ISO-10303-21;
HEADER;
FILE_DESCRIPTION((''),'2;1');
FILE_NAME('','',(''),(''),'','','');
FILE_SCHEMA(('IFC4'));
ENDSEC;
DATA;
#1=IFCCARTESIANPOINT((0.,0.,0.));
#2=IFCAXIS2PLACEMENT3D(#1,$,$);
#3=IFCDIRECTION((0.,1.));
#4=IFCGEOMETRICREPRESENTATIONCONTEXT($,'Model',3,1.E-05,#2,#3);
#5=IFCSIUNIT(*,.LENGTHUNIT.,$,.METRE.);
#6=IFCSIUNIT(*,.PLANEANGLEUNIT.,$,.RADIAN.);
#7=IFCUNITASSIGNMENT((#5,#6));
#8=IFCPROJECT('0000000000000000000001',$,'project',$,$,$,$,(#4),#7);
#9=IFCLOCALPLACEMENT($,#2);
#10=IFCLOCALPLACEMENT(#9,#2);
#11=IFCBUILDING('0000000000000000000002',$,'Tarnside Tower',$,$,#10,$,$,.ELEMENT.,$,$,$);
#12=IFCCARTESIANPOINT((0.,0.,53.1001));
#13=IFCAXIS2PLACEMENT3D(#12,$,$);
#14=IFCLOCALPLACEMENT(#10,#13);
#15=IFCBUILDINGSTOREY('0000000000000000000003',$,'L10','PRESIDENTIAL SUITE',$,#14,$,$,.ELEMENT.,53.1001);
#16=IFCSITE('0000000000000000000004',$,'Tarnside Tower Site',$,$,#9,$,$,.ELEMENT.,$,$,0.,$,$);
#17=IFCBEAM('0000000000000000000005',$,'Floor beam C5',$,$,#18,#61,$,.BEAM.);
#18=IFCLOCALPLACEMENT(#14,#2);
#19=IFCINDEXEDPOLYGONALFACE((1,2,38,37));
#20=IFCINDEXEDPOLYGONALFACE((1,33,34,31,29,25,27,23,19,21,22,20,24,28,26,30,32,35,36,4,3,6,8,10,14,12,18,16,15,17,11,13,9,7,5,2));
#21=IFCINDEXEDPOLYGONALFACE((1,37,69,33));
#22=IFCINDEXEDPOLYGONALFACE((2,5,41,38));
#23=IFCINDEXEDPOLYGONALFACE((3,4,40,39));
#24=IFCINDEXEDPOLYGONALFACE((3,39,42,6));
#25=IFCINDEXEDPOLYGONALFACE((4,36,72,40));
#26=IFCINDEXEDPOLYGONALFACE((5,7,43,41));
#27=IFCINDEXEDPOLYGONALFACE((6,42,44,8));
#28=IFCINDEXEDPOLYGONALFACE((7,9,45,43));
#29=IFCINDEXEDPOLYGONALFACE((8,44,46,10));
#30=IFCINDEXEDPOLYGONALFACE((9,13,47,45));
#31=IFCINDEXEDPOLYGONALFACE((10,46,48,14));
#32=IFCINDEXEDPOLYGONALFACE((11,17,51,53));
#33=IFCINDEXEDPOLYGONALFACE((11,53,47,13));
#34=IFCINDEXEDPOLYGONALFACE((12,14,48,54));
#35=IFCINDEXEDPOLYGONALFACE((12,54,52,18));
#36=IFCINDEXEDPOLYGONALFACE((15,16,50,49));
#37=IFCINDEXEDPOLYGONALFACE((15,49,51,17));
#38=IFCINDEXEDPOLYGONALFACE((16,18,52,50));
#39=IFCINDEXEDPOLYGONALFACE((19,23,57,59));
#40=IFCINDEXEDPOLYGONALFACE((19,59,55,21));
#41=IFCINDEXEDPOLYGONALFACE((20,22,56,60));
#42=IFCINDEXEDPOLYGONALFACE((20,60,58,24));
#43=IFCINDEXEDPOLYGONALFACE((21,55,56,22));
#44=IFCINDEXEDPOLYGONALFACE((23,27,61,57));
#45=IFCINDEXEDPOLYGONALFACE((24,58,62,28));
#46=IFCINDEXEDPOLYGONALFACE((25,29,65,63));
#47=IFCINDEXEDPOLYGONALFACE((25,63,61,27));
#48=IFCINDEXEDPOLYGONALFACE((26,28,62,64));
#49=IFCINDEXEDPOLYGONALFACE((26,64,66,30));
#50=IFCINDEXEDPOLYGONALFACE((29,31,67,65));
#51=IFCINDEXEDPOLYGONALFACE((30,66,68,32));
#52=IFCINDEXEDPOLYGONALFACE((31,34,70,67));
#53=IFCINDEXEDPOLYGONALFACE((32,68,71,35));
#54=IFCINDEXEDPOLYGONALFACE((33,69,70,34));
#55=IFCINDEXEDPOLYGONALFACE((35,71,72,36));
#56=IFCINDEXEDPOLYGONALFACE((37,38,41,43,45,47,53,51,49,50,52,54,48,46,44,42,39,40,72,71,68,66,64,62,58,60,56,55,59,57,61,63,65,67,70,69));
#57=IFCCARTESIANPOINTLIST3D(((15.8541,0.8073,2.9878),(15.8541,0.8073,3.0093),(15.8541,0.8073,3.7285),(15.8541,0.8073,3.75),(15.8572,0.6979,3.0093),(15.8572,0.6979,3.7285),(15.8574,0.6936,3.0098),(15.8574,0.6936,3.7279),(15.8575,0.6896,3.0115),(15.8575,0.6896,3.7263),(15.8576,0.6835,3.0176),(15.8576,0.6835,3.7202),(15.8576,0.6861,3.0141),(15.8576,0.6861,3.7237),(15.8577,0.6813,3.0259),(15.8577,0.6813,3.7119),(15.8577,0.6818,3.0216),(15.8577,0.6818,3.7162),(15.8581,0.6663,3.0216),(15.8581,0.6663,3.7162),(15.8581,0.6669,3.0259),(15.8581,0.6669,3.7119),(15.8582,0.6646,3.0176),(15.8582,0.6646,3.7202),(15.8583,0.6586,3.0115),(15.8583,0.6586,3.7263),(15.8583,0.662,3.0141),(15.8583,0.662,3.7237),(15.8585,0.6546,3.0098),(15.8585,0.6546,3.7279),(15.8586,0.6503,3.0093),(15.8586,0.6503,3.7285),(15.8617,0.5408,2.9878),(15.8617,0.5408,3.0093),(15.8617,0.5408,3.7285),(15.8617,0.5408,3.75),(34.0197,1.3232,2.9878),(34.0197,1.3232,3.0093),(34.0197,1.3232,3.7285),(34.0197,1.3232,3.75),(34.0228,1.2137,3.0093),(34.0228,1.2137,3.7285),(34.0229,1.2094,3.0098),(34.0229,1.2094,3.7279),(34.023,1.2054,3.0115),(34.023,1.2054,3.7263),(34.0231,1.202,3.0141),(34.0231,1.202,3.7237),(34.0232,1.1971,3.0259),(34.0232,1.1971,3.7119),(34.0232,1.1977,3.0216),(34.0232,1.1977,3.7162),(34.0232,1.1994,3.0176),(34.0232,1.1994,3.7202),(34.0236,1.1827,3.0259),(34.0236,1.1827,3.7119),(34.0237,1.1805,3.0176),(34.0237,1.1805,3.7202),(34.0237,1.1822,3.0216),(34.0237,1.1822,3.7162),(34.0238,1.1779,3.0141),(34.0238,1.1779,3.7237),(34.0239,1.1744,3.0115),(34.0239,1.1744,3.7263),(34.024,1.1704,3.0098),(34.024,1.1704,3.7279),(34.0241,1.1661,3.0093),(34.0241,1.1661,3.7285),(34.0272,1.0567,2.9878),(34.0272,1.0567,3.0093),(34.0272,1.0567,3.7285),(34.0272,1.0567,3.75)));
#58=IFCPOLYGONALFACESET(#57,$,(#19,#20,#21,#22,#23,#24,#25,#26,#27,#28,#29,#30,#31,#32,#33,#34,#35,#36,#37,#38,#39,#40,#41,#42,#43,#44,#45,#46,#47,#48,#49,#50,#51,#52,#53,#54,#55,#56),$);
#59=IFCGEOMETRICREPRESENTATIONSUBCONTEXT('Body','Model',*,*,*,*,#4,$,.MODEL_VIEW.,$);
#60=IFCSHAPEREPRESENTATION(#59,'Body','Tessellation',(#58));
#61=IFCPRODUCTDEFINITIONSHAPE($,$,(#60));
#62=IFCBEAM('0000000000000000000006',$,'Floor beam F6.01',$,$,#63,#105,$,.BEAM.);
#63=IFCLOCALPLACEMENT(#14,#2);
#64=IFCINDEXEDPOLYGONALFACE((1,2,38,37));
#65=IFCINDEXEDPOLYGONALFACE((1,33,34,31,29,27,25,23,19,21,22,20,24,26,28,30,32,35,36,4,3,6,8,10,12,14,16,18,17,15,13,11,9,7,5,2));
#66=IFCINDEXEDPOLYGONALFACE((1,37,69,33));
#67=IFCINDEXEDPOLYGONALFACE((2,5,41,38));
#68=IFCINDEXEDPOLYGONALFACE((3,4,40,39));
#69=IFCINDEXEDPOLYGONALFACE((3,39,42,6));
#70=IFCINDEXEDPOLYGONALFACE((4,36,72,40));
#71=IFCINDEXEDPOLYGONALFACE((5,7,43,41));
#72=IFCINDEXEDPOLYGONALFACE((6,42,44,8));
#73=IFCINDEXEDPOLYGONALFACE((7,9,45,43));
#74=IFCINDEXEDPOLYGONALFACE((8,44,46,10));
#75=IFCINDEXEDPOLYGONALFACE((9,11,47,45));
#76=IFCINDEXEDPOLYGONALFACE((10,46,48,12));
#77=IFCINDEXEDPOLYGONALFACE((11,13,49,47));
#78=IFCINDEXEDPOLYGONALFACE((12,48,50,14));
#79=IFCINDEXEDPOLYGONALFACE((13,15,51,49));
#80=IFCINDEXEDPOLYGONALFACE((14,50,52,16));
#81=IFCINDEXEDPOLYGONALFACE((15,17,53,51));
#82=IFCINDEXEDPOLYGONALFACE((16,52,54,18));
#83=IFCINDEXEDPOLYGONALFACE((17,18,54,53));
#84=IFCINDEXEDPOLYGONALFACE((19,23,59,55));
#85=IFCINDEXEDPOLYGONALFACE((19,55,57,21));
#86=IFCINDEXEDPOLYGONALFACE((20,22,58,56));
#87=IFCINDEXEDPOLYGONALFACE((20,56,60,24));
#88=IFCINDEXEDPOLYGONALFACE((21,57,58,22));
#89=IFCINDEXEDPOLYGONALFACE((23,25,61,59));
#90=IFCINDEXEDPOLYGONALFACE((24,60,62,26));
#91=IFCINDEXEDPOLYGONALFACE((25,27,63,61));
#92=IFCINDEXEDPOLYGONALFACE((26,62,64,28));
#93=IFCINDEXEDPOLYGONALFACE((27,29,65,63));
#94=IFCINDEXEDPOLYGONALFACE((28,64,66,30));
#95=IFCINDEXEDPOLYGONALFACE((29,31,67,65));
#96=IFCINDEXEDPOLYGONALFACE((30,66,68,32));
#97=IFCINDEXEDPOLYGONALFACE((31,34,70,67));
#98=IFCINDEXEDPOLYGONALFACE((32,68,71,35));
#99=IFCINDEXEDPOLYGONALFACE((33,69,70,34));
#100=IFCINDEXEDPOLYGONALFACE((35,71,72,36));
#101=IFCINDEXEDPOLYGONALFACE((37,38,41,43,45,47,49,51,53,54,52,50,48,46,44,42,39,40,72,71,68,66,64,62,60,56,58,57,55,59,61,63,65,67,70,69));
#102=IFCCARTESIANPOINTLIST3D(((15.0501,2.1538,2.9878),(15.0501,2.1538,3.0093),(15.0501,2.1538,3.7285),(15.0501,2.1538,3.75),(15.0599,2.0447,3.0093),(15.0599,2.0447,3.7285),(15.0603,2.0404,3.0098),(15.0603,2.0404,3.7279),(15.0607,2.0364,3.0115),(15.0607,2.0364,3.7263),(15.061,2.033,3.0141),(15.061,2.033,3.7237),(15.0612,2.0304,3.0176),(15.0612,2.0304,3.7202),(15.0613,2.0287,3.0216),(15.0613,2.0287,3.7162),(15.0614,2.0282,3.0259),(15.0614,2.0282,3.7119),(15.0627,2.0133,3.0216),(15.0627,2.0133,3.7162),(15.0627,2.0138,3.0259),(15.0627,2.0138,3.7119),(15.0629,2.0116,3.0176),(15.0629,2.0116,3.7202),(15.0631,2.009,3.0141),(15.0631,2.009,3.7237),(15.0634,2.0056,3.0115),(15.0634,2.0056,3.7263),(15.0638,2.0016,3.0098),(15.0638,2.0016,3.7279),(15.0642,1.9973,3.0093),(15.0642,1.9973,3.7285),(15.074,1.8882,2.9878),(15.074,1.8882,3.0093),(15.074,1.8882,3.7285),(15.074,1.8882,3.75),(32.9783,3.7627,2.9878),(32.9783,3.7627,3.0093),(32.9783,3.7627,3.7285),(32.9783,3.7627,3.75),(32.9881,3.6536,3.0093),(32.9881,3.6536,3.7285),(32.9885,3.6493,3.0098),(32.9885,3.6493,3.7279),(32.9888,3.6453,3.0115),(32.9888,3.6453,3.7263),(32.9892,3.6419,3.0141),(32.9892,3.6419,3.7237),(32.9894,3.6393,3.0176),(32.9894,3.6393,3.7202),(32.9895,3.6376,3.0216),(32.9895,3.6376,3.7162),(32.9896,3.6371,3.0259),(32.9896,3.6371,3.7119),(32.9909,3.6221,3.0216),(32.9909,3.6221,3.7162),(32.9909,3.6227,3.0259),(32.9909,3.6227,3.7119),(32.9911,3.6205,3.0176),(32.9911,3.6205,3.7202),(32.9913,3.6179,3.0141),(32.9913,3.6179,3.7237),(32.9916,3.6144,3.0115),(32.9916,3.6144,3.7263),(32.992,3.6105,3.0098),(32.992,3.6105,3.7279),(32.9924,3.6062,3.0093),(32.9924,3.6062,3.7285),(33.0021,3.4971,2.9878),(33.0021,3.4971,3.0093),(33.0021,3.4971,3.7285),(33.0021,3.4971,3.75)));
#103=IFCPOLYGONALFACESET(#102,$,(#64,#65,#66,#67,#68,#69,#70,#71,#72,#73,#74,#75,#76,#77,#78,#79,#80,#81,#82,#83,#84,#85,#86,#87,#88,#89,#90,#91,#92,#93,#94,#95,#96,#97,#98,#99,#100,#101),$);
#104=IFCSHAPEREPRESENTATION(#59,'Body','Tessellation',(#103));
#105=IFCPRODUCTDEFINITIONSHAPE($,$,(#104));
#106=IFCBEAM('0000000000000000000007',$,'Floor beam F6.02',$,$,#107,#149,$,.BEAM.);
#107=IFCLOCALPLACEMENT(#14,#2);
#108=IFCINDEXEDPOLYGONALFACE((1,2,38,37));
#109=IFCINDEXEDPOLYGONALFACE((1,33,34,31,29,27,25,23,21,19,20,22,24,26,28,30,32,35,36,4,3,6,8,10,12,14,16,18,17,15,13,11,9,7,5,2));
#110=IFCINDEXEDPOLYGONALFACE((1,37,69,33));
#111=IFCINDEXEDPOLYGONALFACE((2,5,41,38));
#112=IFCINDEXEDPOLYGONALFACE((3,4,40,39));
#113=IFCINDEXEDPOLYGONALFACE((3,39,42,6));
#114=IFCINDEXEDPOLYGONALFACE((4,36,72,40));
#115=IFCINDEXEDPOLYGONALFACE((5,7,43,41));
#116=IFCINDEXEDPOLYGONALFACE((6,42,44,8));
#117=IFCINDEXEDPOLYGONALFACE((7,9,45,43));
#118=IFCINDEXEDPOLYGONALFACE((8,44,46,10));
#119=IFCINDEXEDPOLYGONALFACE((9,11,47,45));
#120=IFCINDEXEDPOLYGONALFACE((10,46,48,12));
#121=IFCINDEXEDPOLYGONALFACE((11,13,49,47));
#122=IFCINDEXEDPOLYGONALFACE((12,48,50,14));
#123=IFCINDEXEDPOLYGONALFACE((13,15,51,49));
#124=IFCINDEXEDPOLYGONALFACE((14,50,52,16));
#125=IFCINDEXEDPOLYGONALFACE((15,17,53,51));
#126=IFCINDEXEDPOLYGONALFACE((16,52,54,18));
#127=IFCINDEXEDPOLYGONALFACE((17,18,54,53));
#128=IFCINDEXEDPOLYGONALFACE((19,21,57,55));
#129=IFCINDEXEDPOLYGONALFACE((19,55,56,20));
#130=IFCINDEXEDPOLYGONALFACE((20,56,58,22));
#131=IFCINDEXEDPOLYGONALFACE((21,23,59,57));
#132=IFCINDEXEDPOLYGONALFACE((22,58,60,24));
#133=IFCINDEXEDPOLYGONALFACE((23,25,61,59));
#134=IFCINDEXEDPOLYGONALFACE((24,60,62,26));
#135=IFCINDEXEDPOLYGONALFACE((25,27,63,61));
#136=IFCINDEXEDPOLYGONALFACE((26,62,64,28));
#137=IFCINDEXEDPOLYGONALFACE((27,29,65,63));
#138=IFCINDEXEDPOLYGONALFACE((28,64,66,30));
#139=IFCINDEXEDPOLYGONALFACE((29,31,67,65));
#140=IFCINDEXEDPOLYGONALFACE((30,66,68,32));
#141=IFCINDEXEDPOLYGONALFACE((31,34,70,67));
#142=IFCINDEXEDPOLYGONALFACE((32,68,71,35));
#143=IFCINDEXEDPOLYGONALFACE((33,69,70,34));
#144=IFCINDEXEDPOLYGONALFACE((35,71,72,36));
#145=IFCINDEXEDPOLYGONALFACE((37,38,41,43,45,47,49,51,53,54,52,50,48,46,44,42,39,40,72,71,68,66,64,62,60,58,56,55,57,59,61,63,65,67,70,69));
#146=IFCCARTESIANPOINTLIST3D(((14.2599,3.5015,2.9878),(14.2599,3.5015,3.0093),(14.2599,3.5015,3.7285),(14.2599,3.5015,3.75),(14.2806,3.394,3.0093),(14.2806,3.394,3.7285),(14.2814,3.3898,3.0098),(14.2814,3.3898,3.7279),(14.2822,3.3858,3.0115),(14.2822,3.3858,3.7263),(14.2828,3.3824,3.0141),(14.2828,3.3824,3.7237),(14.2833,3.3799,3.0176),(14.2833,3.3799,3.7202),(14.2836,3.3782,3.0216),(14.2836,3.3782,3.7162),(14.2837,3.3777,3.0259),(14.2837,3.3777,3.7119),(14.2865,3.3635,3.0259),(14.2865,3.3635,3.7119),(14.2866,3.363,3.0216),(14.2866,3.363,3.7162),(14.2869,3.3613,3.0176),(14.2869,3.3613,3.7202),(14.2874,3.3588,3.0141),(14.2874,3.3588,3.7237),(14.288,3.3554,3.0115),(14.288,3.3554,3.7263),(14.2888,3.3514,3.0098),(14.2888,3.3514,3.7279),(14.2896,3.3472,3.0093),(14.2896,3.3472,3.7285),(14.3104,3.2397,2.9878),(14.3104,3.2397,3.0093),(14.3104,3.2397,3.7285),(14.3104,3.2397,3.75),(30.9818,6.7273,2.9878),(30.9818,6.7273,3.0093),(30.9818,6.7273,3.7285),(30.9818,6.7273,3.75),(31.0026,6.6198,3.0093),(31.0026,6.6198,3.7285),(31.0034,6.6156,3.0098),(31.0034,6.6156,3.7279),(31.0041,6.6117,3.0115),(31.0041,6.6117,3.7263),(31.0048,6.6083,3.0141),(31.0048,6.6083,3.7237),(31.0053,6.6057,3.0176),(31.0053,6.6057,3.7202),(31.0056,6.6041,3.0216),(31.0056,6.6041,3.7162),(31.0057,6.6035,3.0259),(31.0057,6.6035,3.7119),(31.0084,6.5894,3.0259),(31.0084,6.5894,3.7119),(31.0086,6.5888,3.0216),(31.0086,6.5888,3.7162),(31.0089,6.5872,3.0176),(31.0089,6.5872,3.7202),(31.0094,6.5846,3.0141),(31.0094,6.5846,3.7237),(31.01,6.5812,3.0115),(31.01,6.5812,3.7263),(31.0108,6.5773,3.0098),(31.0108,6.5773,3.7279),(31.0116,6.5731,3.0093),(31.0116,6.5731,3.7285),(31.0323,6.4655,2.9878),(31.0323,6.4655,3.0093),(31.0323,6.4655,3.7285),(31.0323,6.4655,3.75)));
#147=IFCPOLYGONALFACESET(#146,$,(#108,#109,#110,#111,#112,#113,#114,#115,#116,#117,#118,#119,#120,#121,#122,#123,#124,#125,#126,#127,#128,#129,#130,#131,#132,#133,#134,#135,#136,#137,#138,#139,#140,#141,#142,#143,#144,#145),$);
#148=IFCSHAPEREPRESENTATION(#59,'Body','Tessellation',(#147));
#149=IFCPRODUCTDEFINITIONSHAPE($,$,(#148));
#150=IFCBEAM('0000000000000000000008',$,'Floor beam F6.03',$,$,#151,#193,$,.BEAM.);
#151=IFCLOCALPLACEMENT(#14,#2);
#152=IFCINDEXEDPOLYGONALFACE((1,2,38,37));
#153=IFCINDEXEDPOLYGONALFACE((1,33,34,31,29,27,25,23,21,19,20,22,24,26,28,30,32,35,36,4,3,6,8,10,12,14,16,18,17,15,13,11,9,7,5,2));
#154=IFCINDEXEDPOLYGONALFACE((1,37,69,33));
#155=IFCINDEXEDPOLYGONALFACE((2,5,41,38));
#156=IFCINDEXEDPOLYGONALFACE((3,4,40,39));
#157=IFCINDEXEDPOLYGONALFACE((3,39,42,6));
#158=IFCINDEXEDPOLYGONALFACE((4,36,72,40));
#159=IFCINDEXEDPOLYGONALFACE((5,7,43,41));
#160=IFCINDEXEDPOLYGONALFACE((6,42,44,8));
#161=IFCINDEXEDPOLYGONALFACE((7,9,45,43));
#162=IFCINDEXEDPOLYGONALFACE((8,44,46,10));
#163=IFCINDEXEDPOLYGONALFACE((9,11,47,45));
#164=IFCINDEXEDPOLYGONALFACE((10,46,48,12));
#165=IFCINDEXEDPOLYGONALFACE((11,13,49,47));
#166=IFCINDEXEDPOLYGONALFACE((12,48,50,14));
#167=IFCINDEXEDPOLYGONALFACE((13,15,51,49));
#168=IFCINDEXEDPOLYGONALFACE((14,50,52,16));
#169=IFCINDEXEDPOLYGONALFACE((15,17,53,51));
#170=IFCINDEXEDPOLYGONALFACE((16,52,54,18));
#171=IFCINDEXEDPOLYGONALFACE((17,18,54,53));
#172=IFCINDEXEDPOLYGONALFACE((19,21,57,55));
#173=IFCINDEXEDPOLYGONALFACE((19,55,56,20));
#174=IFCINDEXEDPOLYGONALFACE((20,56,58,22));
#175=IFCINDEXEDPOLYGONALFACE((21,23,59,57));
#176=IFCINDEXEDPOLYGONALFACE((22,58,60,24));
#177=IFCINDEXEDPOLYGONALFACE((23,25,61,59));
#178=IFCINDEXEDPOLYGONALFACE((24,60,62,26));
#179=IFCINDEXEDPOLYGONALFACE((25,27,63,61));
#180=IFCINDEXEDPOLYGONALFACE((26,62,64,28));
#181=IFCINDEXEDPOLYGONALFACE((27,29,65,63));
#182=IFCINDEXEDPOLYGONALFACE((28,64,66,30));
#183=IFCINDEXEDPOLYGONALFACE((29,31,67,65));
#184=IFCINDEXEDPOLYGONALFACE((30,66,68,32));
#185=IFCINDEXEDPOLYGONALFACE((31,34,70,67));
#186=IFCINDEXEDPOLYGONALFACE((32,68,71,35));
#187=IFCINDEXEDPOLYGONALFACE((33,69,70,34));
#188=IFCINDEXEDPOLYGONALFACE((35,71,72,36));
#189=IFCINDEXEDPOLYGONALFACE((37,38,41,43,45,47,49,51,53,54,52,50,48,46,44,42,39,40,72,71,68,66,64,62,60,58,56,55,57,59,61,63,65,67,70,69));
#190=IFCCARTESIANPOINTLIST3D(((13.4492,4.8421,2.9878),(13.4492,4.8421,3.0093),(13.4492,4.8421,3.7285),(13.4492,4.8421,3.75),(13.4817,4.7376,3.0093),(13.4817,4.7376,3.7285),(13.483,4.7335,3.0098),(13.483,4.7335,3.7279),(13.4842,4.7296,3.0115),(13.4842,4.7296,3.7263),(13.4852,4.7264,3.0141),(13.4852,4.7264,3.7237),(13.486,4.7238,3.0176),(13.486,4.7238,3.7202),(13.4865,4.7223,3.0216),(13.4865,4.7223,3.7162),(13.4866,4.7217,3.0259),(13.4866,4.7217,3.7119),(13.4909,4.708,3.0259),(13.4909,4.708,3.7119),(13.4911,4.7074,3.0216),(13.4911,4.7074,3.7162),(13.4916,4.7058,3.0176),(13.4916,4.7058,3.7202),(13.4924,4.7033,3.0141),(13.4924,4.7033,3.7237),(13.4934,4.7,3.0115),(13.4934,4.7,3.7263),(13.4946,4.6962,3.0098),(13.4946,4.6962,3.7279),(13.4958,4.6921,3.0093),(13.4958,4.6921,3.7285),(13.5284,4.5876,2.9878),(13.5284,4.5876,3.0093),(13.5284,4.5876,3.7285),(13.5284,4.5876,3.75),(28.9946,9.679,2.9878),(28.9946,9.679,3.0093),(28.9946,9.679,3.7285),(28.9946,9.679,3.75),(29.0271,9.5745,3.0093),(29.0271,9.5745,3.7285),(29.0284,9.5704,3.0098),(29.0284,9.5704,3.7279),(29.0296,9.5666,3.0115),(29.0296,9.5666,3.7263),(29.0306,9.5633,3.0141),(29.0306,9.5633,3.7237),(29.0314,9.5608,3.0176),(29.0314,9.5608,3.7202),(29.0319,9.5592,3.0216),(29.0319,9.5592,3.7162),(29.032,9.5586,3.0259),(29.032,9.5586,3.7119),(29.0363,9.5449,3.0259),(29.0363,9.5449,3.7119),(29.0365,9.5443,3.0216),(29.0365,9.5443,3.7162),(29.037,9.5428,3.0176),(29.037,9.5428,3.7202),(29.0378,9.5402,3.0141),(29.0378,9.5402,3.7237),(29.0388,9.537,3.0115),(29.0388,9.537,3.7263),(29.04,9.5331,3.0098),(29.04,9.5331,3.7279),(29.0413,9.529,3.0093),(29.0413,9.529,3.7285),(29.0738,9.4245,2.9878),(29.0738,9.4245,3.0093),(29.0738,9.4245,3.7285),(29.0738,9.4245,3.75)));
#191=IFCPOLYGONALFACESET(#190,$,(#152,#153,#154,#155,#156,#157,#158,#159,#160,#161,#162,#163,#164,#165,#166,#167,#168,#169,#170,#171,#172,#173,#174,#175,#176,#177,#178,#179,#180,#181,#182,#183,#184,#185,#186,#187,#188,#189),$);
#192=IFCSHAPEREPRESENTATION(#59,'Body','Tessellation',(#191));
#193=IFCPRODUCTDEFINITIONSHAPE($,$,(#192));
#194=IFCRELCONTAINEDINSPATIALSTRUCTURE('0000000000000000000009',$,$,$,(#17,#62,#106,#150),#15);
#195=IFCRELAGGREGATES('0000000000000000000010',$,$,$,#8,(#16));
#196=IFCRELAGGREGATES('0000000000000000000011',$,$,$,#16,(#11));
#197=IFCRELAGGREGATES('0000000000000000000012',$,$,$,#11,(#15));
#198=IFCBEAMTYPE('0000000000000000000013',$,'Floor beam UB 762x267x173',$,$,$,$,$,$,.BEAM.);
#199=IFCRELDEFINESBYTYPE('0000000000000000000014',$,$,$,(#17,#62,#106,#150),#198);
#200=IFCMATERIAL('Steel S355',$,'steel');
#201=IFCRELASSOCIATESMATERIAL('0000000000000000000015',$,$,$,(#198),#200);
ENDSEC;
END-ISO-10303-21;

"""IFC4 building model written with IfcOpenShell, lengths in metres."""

from ifc_helpers import new_model, si_unit, direction, frame, origin, origin_2d, place, context, subcontext, project, spatial, i_section, extrude, material, material_profile, profile_set, type_object, element, save


model = new_model("IFC4")

# Units and contexts
model_context = context("Model", 3, precision=1e-05, world=origin(), true_north=direction((0.0, 1.0)))
body_context = subcontext(model_context, "Body", "Model", "MODEL_VIEW")
ifc_project = project(units=[si_unit("LENGTHUNIT", "METRE"), si_unit("PLANEANGLEUNIT", "RADIAN")], contexts=[model_context])

# Site, building, storey
site_placement = place(None, origin())
site = spatial("IfcSite", under=ifc_project, at=site_placement, Name="Tarnside Tower Site", CompositionType="ELEMENT", RefElevation=0.0)
building_placement = place(site_placement, origin())
building = spatial("IfcBuilding", under=site, at=building_placement, Name="Tarnside Tower", CompositionType="ELEMENT")
storey_placement = place(building_placement, frame((0.0, 0.0, 53.1001)))
storey = spatial("IfcBuildingStorey", under=building, at=storey_placement, Name="L10", Description="PRESIDENTIAL SUITE", CompositionType="ELEMENT", Elevation=53.1001)

# Beams
ifc_material_1 = material(Name="Steel S355", Category="steel")
ifc_material_profile = material_profile(ifc_material_1, i_section(OverallWidth=0.2666, OverallDepth=0.7622, WebThickness=0.0144, FlangeThickness=0.0215, FilletRadius=0.0166, at=origin_2d()), Name="UB 762x267x173")
ifc_profile_set = profile_set([ifc_material_profile], Name="Steel S355")
beam_type = type_object("IfcBeamType", Name="Floor beam UB 762x267x173", PredefinedType="BEAM", material=ifc_profile_set)
beam_1_placement = place(storey_placement, frame((34.0234, 1.1899, 3.3689), z_axis=(-0.999597, -0.028387, 0.0), x_axis=(0.028387, -0.999597, 0.0)))
element("IfcBeam", 1, at=beam_1_placement, inside=storey, type_object=beam_type, Name="Floor beam C5", PredefinedType="BEAM", context=body_context, shape_type="SweptSolid", body=[
    extrude(i_section(OverallWidth=0.2666, OverallDepth=0.7622, WebThickness=0.0144, FlangeThickness=0.0215, FilletRadius=0.0166, at=origin_2d()), origin(), (0.0, 0.0, 1.0), 18.1729),
])
beam_2_placement = place(storey_placement, frame((32.9902, 3.6299, 3.3689), z_axis=(-0.995997, -0.089381, 0.0), x_axis=(0.089381, -0.995997, 0.0)))
element("IfcBeam", 2, at=beam_2_placement, inside=storey, type_object=beam_type, Name="Floor beam F6.01", PredefinedType="BEAM", context=body_context, shape_type="SweptSolid", body=[
    extrude(i_section(OverallWidth=0.2666, OverallDepth=0.7622, WebThickness=0.0144, FlangeThickness=0.0215, FilletRadius=0.0166, at=origin_2d()), origin(), (0.0, 0.0, 1.0), 18.0002),
])
beam_3_placement = place(storey_placement, frame((31.0071, 6.5964, 3.3689), z_axis=(-0.981897, -0.189418, 0.0), x_axis=(0.189418, -0.981897, 0.0)))
element("IfcBeam", 3, at=beam_3_placement, inside=storey, type_object=beam_type, Name="Floor beam F6.02", PredefinedType="BEAM", context=body_context, shape_type="SweptSolid", body=[
    extrude(i_section(OverallWidth=0.2666, OverallDepth=0.7622, WebThickness=0.0144, FlangeThickness=0.0215, FilletRadius=0.0166, at=origin_2d()), origin(), (0.0, 0.0, 1.0), 17.0303),
])
beam_4_placement = place(storey_placement, frame((29.0342, 9.5518, 3.3689), z_axis=(-0.954847, -0.297098, 0.0), x_axis=(0.297098, -0.954847, 0.0)))
element("IfcBeam", 4, at=beam_4_placement, inside=storey, type_object=beam_type, Name="Floor beam F6.03", PredefinedType="BEAM", context=body_context, shape_type="SweptSolid", body=[
    extrude(i_section(OverallWidth=0.2666, OverallDepth=0.7622, WebThickness=0.0144, FlangeThickness=0.0215, FilletRadius=0.0166, at=origin_2d()), origin(), (0.0, 0.0, 1.0), 16.2805),
])

save(model, "model.ifc")
